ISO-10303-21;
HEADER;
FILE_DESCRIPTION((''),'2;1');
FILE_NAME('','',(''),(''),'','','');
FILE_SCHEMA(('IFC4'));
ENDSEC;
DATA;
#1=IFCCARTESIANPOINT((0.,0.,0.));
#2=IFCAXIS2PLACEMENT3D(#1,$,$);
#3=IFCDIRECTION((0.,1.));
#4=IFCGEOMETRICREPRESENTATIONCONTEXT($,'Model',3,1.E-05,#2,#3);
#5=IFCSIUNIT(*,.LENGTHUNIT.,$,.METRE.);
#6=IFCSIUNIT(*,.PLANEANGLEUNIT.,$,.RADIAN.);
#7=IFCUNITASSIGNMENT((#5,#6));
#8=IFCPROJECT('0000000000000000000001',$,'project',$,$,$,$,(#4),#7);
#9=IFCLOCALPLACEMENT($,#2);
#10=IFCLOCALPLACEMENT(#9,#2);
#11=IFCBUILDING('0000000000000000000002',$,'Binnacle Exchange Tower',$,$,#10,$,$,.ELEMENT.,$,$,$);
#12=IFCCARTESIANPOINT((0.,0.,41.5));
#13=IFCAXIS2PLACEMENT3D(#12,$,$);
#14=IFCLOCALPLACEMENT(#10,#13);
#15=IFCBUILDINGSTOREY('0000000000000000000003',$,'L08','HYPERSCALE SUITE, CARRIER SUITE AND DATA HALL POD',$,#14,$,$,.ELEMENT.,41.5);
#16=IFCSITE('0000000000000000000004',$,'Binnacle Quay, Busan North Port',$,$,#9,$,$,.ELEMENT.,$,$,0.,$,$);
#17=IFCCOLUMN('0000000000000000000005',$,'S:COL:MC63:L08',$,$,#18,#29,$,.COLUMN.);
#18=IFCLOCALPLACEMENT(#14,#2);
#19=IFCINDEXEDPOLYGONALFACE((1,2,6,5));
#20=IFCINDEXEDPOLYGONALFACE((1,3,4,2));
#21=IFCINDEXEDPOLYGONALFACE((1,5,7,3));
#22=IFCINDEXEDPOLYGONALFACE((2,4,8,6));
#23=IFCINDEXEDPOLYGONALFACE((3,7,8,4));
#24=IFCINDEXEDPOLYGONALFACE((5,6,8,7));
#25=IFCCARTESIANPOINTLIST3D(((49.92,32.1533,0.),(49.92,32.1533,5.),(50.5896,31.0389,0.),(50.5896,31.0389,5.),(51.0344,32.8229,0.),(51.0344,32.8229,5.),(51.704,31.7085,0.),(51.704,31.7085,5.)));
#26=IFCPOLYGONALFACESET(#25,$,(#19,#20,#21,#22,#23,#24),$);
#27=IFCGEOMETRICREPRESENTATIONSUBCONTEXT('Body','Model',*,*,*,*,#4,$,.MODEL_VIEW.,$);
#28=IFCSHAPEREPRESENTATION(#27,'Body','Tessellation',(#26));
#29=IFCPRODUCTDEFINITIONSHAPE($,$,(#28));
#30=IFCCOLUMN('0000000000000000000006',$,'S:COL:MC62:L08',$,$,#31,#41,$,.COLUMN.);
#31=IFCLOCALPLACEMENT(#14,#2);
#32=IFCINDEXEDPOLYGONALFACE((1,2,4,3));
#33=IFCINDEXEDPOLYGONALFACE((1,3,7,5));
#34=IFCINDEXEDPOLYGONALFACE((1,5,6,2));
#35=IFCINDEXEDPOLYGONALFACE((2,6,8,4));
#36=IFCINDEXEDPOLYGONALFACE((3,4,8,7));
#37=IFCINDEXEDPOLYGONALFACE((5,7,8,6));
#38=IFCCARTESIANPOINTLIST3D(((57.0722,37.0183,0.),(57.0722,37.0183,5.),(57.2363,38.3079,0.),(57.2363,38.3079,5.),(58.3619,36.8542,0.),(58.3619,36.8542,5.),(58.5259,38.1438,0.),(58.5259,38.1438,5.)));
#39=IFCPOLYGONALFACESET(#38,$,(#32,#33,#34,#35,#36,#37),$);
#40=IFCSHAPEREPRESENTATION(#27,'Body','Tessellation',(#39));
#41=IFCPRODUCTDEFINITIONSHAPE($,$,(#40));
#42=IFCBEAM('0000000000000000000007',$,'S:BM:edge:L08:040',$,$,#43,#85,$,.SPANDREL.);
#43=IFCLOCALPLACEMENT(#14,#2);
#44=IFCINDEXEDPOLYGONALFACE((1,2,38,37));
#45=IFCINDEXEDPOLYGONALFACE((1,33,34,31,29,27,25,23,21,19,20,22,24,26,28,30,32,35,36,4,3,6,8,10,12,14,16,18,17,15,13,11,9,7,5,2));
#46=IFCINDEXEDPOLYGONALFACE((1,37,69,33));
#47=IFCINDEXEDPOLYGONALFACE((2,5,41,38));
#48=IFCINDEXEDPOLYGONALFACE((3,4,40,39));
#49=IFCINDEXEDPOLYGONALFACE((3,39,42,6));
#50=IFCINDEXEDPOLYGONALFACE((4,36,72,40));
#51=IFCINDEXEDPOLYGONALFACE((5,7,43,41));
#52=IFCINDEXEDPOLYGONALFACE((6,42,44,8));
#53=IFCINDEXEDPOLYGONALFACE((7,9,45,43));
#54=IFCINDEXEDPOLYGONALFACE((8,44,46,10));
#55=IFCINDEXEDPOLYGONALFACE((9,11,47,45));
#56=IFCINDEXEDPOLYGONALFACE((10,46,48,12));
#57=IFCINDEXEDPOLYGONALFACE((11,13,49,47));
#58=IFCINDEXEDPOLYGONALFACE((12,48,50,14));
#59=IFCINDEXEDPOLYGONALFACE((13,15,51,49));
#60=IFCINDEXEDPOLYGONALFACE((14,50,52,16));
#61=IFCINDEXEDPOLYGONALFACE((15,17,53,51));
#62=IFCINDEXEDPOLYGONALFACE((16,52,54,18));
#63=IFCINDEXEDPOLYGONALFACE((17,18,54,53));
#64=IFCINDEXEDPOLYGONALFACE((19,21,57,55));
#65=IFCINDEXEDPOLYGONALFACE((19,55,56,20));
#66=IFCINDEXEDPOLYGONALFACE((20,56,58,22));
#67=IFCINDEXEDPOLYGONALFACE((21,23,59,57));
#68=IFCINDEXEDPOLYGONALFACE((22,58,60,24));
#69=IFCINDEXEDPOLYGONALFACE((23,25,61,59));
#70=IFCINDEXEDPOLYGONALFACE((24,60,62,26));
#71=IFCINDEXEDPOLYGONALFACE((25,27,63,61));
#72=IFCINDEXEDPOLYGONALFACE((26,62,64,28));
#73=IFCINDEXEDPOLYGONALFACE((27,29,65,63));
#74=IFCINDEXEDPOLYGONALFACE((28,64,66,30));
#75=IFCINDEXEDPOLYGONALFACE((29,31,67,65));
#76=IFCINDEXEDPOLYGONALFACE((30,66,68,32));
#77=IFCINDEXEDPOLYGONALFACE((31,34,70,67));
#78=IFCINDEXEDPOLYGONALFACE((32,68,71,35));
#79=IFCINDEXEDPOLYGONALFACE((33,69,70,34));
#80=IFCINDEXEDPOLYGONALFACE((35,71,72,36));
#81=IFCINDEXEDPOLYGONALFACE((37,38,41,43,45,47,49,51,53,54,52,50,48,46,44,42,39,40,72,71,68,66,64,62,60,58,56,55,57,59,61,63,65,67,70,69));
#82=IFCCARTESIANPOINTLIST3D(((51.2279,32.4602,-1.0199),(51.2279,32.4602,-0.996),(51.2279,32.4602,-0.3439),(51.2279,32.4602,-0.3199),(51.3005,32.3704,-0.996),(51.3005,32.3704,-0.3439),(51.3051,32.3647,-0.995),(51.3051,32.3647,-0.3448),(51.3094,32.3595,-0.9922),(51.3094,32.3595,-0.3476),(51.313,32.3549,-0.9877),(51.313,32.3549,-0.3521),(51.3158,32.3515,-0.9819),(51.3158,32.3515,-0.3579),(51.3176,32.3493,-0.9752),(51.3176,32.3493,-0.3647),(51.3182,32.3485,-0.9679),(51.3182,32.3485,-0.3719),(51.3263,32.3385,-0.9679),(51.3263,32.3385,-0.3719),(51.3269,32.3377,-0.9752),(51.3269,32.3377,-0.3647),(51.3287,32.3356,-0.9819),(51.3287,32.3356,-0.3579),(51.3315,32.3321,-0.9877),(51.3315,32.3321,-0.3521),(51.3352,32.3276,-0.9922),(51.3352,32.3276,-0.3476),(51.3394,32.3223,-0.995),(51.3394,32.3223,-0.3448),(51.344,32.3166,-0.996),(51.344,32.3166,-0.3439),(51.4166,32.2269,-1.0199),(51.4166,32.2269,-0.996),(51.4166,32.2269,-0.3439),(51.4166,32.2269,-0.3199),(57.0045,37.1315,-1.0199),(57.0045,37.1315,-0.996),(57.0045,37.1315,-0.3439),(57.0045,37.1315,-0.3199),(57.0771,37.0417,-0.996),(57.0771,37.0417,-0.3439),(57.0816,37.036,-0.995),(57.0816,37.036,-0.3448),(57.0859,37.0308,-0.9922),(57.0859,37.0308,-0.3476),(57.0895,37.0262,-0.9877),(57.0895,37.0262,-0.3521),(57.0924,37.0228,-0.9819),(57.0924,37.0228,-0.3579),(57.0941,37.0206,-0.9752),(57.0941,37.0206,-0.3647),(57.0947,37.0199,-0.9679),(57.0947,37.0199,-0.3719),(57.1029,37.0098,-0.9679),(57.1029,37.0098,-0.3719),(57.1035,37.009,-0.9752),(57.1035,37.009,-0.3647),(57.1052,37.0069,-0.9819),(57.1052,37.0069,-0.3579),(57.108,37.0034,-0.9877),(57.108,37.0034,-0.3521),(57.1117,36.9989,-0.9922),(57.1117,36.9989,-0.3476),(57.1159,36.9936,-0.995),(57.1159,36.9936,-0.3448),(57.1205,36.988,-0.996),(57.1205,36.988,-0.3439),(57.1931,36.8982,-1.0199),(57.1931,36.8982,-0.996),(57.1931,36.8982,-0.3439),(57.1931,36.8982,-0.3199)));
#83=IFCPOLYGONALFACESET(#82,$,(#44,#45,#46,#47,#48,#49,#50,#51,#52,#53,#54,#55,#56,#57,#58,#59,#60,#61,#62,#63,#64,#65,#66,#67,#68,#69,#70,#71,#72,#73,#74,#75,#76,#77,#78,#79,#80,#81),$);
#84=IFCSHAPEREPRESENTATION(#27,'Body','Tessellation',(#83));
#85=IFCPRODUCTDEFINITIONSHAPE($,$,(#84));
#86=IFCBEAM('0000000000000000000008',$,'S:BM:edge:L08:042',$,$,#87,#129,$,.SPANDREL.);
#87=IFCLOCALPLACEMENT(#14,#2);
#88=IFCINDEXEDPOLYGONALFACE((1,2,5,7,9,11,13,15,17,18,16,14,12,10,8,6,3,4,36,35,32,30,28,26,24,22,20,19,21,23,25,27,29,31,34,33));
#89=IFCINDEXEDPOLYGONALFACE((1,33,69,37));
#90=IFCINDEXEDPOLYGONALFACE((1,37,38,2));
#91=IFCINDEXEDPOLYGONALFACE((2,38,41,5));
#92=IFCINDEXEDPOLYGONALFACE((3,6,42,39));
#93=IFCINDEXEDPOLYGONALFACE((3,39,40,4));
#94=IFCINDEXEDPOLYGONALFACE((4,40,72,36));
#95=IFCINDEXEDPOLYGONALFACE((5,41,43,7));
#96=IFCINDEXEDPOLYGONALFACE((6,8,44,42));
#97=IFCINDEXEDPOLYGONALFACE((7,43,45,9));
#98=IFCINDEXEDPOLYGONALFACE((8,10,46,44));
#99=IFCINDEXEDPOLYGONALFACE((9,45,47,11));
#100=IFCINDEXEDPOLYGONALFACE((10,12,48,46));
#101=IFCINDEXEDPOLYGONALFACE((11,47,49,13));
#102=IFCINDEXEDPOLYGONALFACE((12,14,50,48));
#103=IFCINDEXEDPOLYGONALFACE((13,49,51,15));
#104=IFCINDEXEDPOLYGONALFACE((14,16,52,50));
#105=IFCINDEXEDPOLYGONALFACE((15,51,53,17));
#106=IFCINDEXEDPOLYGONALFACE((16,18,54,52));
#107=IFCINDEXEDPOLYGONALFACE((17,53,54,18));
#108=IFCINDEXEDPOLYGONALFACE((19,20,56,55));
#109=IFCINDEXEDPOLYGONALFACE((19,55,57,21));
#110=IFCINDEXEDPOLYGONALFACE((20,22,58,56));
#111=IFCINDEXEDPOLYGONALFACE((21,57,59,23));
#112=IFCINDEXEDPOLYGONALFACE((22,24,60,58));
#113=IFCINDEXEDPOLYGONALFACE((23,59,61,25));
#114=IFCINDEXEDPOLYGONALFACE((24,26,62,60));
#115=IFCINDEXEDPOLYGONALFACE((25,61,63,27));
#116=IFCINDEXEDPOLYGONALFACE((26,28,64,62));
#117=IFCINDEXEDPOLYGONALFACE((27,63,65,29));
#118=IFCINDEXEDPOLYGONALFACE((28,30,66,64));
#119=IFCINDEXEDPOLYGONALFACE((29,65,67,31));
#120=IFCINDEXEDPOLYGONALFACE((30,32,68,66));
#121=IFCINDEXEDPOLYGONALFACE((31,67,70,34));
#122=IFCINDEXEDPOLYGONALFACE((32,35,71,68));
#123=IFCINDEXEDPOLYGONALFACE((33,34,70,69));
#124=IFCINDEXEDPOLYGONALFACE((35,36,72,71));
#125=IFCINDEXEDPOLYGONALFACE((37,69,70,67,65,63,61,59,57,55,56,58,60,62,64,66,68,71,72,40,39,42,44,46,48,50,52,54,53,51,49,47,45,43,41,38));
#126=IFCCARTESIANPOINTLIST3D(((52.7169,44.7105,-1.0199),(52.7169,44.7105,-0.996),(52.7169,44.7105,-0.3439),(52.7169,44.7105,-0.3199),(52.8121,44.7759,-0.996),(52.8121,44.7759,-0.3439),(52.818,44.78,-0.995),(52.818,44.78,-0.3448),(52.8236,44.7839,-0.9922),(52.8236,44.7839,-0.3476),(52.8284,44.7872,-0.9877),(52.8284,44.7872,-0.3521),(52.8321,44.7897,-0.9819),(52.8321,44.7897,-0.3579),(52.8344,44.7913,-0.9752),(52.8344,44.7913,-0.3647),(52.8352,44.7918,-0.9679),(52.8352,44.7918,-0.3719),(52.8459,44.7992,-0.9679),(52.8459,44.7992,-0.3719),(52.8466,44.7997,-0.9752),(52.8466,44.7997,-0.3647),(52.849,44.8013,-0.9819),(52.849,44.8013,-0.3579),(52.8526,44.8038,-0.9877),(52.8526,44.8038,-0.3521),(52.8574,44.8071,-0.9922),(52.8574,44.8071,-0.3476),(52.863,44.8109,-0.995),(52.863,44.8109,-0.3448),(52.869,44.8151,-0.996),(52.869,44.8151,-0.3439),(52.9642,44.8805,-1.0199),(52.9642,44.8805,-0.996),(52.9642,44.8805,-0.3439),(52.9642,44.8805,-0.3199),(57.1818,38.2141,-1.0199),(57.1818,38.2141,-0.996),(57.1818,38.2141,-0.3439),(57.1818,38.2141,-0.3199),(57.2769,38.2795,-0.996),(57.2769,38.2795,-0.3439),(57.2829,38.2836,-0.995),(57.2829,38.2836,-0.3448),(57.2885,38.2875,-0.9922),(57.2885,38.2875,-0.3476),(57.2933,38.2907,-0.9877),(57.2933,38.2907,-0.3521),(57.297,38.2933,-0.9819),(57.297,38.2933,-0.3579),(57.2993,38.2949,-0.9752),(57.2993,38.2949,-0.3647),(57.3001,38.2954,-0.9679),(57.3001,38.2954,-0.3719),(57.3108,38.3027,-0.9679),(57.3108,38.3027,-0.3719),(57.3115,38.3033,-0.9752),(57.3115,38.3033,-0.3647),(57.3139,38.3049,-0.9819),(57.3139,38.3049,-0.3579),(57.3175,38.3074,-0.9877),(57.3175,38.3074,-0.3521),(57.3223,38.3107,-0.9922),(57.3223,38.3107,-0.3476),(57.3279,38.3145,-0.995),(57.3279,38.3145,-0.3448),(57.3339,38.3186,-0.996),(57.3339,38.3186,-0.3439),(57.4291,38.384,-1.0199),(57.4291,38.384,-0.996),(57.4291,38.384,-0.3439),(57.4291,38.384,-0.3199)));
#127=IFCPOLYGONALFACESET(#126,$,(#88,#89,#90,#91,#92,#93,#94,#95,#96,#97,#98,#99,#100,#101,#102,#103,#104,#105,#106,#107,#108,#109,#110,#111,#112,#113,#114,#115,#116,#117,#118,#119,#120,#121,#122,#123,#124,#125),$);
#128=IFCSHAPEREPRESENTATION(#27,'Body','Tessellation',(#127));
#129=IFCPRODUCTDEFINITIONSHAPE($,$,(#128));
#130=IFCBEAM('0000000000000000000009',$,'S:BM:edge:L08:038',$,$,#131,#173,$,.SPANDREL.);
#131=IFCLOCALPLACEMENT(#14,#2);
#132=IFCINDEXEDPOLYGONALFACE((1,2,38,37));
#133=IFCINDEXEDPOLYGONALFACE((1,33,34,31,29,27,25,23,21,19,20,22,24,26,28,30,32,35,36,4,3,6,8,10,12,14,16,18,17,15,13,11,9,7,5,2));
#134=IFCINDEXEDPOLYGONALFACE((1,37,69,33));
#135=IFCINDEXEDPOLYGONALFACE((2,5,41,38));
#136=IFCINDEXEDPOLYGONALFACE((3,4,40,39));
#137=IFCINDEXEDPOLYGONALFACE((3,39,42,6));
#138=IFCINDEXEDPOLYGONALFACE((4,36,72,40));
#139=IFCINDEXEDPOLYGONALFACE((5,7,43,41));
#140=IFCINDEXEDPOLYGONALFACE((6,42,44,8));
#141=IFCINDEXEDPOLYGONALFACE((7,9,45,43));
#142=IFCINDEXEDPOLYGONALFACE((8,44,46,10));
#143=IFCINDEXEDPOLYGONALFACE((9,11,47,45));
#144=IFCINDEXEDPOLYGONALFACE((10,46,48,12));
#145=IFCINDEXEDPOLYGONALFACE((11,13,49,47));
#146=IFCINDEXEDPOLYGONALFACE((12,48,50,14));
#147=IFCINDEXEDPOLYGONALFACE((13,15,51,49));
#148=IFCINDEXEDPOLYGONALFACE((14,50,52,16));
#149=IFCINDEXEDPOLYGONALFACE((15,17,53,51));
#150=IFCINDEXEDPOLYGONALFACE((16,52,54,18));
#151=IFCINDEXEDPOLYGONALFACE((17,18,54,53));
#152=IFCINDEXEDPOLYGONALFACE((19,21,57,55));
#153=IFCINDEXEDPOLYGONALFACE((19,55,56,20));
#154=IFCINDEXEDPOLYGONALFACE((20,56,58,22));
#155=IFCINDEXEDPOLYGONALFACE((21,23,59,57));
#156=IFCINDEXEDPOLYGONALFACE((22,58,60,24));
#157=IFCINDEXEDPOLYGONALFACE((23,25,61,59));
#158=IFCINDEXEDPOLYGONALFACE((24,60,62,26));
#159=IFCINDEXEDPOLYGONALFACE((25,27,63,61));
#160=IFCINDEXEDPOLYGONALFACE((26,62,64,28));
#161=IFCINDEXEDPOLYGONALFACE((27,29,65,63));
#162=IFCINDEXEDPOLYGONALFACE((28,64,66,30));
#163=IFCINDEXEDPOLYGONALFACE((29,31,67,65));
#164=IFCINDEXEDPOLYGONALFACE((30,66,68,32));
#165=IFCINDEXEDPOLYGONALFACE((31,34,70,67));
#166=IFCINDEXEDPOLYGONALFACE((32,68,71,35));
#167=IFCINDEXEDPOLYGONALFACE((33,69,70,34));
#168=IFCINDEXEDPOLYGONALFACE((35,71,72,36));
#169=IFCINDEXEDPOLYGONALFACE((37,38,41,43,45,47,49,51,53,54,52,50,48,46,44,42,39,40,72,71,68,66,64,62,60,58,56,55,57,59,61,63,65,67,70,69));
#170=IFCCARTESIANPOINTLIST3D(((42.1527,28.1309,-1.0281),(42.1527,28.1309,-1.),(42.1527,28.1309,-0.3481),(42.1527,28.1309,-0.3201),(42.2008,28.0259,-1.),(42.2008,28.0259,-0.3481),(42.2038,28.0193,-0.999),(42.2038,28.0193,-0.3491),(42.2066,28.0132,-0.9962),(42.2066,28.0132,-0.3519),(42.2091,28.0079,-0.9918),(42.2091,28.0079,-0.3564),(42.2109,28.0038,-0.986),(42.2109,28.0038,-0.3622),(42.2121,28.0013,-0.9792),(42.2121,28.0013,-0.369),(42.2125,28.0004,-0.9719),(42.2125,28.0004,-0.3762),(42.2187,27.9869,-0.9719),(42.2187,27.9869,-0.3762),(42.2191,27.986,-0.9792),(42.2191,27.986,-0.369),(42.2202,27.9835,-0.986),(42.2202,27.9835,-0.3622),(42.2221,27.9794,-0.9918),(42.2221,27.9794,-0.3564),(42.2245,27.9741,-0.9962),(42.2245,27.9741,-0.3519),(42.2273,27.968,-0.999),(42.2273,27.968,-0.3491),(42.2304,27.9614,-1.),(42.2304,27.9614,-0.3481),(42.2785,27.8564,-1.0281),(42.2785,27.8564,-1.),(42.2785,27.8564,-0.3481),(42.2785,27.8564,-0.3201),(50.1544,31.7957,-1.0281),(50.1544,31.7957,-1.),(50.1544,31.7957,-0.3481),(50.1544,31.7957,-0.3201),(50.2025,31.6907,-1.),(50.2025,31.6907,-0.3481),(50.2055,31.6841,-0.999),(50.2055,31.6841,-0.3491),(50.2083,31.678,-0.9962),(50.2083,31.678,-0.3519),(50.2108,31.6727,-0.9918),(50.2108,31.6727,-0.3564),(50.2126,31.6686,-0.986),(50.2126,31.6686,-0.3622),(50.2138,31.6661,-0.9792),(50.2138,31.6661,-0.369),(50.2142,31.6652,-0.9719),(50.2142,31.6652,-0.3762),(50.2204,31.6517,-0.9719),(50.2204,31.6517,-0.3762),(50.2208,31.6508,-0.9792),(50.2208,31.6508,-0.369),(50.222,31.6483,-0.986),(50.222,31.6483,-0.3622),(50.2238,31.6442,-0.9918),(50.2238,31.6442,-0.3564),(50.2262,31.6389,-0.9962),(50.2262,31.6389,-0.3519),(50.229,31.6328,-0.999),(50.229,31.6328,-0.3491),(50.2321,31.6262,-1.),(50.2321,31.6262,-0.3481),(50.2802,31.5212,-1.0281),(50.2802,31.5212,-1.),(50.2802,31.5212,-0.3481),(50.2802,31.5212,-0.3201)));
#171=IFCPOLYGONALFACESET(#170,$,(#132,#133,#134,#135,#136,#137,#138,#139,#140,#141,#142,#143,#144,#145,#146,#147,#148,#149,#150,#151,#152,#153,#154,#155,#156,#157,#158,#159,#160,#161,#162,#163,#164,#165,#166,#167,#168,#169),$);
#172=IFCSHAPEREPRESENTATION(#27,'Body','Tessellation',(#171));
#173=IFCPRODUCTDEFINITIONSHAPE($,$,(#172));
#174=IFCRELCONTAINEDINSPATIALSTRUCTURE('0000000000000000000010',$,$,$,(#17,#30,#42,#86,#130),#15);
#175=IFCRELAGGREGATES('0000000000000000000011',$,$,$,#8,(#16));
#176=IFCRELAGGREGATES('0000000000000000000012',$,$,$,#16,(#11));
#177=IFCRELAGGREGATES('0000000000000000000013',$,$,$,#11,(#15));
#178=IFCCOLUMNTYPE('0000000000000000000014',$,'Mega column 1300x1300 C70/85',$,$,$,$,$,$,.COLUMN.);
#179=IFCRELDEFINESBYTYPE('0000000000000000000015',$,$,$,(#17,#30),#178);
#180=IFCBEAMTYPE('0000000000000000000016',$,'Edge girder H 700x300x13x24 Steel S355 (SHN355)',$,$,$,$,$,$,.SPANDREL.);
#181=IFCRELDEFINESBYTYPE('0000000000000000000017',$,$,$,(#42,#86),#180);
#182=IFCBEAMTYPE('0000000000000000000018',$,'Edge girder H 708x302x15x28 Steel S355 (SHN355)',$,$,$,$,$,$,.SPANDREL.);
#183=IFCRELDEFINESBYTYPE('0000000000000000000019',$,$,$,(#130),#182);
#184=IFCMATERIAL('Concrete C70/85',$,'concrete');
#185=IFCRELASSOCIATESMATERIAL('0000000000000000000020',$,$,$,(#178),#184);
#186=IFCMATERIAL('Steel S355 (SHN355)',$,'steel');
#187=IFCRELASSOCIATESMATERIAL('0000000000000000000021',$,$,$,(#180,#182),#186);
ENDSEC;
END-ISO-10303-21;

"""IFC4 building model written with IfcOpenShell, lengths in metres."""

from ifc_helpers import new_model, si_unit, direction, frame, origin, origin_2d, place, context, subcontext, project, spatial, rectangle, i_section, extrude, material, material_profile, profile_set, type_object, element, save


model = new_model("IFC4")

# Units and contexts
model_context = context("Model", 3, precision=1e-05, world=origin(), true_north=direction((0.0, 1.0)))
body_context = subcontext(model_context, "Body", "Model", "MODEL_VIEW")
ifc_project = project(units=[si_unit("LENGTHUNIT", "METRE"), si_unit("PLANEANGLEUNIT", "RADIAN")], contexts=[model_context])

# Site, building, storey
site_placement = place(None, origin())
site = spatial("IfcSite", under=ifc_project, at=site_placement, Name="Binnacle Quay, Busan North Port", CompositionType="ELEMENT", RefElevation=0.0)
building_placement = place(site_placement, origin())
building = spatial("IfcBuilding", under=site, at=building_placement, Name="Binnacle Exchange Tower", CompositionType="ELEMENT")
storey_placement = place(building_placement, frame((0.0, 0.0, 41.5)))
storey = spatial("IfcBuildingStorey", under=building, at=storey_placement, Name="L08", Description="HYPERSCALE SUITE, CARRIER SUITE AND DATA HALL POD", CompositionType="ELEMENT", Elevation=41.5)

# Columns
ifc_material_1 = material(Name="Concrete C70/85", Category="concrete")
ifc_material_profile_1 = material_profile(ifc_material_1, rectangle(XDim=1.3, YDim=1.3, at=origin_2d()), Name="Mega column 1300x1300 C70/85")
ifc_profile_set_1 = profile_set([ifc_material_profile_1], Name="Concrete C70/85")
column_type = type_object("IfcColumnType", Name="Mega column 1300x1300 C70/85", PredefinedType="COLUMN", material=ifc_profile_set_1)
for number, where, z_axis, x_axis, name in (
    (1, (50.812, 31.9309, 0.0), (0.0, 0.0, 1.0), (0.857167, 0.515038, 0.0), "S:COL:MC63:L08"),
    (2, (57.7991, 37.5811, 0.0), (0.0, 0.0, 1.0), (0.126199, 0.992005, 0.0), "S:COL:MC62:L08"),
):
    element("IfcColumn", number, at=place(storey_placement, frame(where, z_axis=z_axis, x_axis=x_axis)), inside=storey, type_object=column_type, Name=name, PredefinedType="COLUMN", context=body_context, shape_type="SweptSolid", body=[
        extrude(rectangle(XDim=1.3, YDim=1.3, at=origin_2d()), origin(), (0.0, 0.0, 1.0), 5.0),
    ])

# Beams
ifc_material_2 = material(Name="Steel S355 (SHN355)", Category="steel")
ifc_material_profile_2 = material_profile(ifc_material_2, i_section(OverallWidth=0.3, OverallDepth=0.7, WebThickness=0.0129, FlangeThickness=0.0239, FilletRadius=0.0281, at=origin_2d()), Name="H 700x300x13x24")
ifc_profile_set_2 = profile_set([ifc_material_profile_2], Name="Steel S355 (SHN355)")
beam_type_1 = type_object("IfcBeamType", Name="Edge girder H 700x300x13x24 Steel S355 (SHN355)", PredefinedType="SPANDREL", material=ifc_profile_set_2)
beam_1_placement = place(storey_placement, frame((51.3223, 32.3435, -0.6699), z_axis=(0.777568, 0.628798, 0.0), x_axis=(-0.628798, 0.777568, 0.0)))
element("IfcBeam", 3, at=beam_1_placement, inside=storey, type_object=beam_type_1, Name="S:BM:edge:L08:040", PredefinedType="SPANDREL", context=body_context, shape_type="SweptSolid", body=[
    extrude(i_section(OverallWidth=0.3, OverallDepth=0.7, WebThickness=0.0129, FlangeThickness=0.0239, FilletRadius=0.0281, at=origin_2d()), origin(), (0.0, 0.0, 1.0), 7.429),
])
beam_2_placement = place(storey_placement, frame((57.3054, 38.2991, -0.6699), z_axis=(-0.566409, 0.824124, 0.0), x_axis=(-0.824124, -0.566409, 0.0)))
element("IfcBeam", 4, at=beam_2_placement, inside=storey, type_object=beam_type_1, Name="S:BM:edge:L08:042", PredefinedType="SPANDREL", context=body_context, shape_type="SweptSolid", body=[
    extrude(i_section(OverallWidth=0.3, OverallDepth=0.7, WebThickness=0.0129, FlangeThickness=0.0239, FilletRadius=0.0281, at=origin_2d()), origin(), (0.0, 0.0, 1.0), 7.8828),
])
ifc_material_profile_3 = material_profile(ifc_material_2, i_section(OverallWidth=0.302, OverallDepth=0.708, WebThickness=0.0149, FlangeThickness=0.0281, FilletRadius=0.0281, at=origin_2d()), Name="H 708x302x15x28")
ifc_profile_set_3 = profile_set([ifc_material_profile_3], Name="Steel S355 (SHN355)")
beam_type_2 = type_object("IfcBeamType", Name="Edge girder H 708x302x15x28 Steel S355 (SHN355)", PredefinedType="SPANDREL", material=ifc_profile_set_3)
beam_3_placement = place(storey_placement, frame((42.2156, 27.9937, -0.6741), z_axis=(0.909179, 0.416405, 0.0), x_axis=(-0.416405, 0.909179, 0.0)))
element("IfcBeam", 5, at=beam_3_placement, inside=storey, type_object=beam_type_2, Name="S:BM:edge:L08:038", PredefinedType="SPANDREL", context=body_context, shape_type="SweptSolid", body=[
    extrude(i_section(OverallWidth=0.302, OverallDepth=0.708, WebThickness=0.0149, FlangeThickness=0.0281, FilletRadius=0.0281, at=origin_2d()), origin(), (0.0, 0.0, 1.0), 8.801),
])

save(model, "model.ifc")
